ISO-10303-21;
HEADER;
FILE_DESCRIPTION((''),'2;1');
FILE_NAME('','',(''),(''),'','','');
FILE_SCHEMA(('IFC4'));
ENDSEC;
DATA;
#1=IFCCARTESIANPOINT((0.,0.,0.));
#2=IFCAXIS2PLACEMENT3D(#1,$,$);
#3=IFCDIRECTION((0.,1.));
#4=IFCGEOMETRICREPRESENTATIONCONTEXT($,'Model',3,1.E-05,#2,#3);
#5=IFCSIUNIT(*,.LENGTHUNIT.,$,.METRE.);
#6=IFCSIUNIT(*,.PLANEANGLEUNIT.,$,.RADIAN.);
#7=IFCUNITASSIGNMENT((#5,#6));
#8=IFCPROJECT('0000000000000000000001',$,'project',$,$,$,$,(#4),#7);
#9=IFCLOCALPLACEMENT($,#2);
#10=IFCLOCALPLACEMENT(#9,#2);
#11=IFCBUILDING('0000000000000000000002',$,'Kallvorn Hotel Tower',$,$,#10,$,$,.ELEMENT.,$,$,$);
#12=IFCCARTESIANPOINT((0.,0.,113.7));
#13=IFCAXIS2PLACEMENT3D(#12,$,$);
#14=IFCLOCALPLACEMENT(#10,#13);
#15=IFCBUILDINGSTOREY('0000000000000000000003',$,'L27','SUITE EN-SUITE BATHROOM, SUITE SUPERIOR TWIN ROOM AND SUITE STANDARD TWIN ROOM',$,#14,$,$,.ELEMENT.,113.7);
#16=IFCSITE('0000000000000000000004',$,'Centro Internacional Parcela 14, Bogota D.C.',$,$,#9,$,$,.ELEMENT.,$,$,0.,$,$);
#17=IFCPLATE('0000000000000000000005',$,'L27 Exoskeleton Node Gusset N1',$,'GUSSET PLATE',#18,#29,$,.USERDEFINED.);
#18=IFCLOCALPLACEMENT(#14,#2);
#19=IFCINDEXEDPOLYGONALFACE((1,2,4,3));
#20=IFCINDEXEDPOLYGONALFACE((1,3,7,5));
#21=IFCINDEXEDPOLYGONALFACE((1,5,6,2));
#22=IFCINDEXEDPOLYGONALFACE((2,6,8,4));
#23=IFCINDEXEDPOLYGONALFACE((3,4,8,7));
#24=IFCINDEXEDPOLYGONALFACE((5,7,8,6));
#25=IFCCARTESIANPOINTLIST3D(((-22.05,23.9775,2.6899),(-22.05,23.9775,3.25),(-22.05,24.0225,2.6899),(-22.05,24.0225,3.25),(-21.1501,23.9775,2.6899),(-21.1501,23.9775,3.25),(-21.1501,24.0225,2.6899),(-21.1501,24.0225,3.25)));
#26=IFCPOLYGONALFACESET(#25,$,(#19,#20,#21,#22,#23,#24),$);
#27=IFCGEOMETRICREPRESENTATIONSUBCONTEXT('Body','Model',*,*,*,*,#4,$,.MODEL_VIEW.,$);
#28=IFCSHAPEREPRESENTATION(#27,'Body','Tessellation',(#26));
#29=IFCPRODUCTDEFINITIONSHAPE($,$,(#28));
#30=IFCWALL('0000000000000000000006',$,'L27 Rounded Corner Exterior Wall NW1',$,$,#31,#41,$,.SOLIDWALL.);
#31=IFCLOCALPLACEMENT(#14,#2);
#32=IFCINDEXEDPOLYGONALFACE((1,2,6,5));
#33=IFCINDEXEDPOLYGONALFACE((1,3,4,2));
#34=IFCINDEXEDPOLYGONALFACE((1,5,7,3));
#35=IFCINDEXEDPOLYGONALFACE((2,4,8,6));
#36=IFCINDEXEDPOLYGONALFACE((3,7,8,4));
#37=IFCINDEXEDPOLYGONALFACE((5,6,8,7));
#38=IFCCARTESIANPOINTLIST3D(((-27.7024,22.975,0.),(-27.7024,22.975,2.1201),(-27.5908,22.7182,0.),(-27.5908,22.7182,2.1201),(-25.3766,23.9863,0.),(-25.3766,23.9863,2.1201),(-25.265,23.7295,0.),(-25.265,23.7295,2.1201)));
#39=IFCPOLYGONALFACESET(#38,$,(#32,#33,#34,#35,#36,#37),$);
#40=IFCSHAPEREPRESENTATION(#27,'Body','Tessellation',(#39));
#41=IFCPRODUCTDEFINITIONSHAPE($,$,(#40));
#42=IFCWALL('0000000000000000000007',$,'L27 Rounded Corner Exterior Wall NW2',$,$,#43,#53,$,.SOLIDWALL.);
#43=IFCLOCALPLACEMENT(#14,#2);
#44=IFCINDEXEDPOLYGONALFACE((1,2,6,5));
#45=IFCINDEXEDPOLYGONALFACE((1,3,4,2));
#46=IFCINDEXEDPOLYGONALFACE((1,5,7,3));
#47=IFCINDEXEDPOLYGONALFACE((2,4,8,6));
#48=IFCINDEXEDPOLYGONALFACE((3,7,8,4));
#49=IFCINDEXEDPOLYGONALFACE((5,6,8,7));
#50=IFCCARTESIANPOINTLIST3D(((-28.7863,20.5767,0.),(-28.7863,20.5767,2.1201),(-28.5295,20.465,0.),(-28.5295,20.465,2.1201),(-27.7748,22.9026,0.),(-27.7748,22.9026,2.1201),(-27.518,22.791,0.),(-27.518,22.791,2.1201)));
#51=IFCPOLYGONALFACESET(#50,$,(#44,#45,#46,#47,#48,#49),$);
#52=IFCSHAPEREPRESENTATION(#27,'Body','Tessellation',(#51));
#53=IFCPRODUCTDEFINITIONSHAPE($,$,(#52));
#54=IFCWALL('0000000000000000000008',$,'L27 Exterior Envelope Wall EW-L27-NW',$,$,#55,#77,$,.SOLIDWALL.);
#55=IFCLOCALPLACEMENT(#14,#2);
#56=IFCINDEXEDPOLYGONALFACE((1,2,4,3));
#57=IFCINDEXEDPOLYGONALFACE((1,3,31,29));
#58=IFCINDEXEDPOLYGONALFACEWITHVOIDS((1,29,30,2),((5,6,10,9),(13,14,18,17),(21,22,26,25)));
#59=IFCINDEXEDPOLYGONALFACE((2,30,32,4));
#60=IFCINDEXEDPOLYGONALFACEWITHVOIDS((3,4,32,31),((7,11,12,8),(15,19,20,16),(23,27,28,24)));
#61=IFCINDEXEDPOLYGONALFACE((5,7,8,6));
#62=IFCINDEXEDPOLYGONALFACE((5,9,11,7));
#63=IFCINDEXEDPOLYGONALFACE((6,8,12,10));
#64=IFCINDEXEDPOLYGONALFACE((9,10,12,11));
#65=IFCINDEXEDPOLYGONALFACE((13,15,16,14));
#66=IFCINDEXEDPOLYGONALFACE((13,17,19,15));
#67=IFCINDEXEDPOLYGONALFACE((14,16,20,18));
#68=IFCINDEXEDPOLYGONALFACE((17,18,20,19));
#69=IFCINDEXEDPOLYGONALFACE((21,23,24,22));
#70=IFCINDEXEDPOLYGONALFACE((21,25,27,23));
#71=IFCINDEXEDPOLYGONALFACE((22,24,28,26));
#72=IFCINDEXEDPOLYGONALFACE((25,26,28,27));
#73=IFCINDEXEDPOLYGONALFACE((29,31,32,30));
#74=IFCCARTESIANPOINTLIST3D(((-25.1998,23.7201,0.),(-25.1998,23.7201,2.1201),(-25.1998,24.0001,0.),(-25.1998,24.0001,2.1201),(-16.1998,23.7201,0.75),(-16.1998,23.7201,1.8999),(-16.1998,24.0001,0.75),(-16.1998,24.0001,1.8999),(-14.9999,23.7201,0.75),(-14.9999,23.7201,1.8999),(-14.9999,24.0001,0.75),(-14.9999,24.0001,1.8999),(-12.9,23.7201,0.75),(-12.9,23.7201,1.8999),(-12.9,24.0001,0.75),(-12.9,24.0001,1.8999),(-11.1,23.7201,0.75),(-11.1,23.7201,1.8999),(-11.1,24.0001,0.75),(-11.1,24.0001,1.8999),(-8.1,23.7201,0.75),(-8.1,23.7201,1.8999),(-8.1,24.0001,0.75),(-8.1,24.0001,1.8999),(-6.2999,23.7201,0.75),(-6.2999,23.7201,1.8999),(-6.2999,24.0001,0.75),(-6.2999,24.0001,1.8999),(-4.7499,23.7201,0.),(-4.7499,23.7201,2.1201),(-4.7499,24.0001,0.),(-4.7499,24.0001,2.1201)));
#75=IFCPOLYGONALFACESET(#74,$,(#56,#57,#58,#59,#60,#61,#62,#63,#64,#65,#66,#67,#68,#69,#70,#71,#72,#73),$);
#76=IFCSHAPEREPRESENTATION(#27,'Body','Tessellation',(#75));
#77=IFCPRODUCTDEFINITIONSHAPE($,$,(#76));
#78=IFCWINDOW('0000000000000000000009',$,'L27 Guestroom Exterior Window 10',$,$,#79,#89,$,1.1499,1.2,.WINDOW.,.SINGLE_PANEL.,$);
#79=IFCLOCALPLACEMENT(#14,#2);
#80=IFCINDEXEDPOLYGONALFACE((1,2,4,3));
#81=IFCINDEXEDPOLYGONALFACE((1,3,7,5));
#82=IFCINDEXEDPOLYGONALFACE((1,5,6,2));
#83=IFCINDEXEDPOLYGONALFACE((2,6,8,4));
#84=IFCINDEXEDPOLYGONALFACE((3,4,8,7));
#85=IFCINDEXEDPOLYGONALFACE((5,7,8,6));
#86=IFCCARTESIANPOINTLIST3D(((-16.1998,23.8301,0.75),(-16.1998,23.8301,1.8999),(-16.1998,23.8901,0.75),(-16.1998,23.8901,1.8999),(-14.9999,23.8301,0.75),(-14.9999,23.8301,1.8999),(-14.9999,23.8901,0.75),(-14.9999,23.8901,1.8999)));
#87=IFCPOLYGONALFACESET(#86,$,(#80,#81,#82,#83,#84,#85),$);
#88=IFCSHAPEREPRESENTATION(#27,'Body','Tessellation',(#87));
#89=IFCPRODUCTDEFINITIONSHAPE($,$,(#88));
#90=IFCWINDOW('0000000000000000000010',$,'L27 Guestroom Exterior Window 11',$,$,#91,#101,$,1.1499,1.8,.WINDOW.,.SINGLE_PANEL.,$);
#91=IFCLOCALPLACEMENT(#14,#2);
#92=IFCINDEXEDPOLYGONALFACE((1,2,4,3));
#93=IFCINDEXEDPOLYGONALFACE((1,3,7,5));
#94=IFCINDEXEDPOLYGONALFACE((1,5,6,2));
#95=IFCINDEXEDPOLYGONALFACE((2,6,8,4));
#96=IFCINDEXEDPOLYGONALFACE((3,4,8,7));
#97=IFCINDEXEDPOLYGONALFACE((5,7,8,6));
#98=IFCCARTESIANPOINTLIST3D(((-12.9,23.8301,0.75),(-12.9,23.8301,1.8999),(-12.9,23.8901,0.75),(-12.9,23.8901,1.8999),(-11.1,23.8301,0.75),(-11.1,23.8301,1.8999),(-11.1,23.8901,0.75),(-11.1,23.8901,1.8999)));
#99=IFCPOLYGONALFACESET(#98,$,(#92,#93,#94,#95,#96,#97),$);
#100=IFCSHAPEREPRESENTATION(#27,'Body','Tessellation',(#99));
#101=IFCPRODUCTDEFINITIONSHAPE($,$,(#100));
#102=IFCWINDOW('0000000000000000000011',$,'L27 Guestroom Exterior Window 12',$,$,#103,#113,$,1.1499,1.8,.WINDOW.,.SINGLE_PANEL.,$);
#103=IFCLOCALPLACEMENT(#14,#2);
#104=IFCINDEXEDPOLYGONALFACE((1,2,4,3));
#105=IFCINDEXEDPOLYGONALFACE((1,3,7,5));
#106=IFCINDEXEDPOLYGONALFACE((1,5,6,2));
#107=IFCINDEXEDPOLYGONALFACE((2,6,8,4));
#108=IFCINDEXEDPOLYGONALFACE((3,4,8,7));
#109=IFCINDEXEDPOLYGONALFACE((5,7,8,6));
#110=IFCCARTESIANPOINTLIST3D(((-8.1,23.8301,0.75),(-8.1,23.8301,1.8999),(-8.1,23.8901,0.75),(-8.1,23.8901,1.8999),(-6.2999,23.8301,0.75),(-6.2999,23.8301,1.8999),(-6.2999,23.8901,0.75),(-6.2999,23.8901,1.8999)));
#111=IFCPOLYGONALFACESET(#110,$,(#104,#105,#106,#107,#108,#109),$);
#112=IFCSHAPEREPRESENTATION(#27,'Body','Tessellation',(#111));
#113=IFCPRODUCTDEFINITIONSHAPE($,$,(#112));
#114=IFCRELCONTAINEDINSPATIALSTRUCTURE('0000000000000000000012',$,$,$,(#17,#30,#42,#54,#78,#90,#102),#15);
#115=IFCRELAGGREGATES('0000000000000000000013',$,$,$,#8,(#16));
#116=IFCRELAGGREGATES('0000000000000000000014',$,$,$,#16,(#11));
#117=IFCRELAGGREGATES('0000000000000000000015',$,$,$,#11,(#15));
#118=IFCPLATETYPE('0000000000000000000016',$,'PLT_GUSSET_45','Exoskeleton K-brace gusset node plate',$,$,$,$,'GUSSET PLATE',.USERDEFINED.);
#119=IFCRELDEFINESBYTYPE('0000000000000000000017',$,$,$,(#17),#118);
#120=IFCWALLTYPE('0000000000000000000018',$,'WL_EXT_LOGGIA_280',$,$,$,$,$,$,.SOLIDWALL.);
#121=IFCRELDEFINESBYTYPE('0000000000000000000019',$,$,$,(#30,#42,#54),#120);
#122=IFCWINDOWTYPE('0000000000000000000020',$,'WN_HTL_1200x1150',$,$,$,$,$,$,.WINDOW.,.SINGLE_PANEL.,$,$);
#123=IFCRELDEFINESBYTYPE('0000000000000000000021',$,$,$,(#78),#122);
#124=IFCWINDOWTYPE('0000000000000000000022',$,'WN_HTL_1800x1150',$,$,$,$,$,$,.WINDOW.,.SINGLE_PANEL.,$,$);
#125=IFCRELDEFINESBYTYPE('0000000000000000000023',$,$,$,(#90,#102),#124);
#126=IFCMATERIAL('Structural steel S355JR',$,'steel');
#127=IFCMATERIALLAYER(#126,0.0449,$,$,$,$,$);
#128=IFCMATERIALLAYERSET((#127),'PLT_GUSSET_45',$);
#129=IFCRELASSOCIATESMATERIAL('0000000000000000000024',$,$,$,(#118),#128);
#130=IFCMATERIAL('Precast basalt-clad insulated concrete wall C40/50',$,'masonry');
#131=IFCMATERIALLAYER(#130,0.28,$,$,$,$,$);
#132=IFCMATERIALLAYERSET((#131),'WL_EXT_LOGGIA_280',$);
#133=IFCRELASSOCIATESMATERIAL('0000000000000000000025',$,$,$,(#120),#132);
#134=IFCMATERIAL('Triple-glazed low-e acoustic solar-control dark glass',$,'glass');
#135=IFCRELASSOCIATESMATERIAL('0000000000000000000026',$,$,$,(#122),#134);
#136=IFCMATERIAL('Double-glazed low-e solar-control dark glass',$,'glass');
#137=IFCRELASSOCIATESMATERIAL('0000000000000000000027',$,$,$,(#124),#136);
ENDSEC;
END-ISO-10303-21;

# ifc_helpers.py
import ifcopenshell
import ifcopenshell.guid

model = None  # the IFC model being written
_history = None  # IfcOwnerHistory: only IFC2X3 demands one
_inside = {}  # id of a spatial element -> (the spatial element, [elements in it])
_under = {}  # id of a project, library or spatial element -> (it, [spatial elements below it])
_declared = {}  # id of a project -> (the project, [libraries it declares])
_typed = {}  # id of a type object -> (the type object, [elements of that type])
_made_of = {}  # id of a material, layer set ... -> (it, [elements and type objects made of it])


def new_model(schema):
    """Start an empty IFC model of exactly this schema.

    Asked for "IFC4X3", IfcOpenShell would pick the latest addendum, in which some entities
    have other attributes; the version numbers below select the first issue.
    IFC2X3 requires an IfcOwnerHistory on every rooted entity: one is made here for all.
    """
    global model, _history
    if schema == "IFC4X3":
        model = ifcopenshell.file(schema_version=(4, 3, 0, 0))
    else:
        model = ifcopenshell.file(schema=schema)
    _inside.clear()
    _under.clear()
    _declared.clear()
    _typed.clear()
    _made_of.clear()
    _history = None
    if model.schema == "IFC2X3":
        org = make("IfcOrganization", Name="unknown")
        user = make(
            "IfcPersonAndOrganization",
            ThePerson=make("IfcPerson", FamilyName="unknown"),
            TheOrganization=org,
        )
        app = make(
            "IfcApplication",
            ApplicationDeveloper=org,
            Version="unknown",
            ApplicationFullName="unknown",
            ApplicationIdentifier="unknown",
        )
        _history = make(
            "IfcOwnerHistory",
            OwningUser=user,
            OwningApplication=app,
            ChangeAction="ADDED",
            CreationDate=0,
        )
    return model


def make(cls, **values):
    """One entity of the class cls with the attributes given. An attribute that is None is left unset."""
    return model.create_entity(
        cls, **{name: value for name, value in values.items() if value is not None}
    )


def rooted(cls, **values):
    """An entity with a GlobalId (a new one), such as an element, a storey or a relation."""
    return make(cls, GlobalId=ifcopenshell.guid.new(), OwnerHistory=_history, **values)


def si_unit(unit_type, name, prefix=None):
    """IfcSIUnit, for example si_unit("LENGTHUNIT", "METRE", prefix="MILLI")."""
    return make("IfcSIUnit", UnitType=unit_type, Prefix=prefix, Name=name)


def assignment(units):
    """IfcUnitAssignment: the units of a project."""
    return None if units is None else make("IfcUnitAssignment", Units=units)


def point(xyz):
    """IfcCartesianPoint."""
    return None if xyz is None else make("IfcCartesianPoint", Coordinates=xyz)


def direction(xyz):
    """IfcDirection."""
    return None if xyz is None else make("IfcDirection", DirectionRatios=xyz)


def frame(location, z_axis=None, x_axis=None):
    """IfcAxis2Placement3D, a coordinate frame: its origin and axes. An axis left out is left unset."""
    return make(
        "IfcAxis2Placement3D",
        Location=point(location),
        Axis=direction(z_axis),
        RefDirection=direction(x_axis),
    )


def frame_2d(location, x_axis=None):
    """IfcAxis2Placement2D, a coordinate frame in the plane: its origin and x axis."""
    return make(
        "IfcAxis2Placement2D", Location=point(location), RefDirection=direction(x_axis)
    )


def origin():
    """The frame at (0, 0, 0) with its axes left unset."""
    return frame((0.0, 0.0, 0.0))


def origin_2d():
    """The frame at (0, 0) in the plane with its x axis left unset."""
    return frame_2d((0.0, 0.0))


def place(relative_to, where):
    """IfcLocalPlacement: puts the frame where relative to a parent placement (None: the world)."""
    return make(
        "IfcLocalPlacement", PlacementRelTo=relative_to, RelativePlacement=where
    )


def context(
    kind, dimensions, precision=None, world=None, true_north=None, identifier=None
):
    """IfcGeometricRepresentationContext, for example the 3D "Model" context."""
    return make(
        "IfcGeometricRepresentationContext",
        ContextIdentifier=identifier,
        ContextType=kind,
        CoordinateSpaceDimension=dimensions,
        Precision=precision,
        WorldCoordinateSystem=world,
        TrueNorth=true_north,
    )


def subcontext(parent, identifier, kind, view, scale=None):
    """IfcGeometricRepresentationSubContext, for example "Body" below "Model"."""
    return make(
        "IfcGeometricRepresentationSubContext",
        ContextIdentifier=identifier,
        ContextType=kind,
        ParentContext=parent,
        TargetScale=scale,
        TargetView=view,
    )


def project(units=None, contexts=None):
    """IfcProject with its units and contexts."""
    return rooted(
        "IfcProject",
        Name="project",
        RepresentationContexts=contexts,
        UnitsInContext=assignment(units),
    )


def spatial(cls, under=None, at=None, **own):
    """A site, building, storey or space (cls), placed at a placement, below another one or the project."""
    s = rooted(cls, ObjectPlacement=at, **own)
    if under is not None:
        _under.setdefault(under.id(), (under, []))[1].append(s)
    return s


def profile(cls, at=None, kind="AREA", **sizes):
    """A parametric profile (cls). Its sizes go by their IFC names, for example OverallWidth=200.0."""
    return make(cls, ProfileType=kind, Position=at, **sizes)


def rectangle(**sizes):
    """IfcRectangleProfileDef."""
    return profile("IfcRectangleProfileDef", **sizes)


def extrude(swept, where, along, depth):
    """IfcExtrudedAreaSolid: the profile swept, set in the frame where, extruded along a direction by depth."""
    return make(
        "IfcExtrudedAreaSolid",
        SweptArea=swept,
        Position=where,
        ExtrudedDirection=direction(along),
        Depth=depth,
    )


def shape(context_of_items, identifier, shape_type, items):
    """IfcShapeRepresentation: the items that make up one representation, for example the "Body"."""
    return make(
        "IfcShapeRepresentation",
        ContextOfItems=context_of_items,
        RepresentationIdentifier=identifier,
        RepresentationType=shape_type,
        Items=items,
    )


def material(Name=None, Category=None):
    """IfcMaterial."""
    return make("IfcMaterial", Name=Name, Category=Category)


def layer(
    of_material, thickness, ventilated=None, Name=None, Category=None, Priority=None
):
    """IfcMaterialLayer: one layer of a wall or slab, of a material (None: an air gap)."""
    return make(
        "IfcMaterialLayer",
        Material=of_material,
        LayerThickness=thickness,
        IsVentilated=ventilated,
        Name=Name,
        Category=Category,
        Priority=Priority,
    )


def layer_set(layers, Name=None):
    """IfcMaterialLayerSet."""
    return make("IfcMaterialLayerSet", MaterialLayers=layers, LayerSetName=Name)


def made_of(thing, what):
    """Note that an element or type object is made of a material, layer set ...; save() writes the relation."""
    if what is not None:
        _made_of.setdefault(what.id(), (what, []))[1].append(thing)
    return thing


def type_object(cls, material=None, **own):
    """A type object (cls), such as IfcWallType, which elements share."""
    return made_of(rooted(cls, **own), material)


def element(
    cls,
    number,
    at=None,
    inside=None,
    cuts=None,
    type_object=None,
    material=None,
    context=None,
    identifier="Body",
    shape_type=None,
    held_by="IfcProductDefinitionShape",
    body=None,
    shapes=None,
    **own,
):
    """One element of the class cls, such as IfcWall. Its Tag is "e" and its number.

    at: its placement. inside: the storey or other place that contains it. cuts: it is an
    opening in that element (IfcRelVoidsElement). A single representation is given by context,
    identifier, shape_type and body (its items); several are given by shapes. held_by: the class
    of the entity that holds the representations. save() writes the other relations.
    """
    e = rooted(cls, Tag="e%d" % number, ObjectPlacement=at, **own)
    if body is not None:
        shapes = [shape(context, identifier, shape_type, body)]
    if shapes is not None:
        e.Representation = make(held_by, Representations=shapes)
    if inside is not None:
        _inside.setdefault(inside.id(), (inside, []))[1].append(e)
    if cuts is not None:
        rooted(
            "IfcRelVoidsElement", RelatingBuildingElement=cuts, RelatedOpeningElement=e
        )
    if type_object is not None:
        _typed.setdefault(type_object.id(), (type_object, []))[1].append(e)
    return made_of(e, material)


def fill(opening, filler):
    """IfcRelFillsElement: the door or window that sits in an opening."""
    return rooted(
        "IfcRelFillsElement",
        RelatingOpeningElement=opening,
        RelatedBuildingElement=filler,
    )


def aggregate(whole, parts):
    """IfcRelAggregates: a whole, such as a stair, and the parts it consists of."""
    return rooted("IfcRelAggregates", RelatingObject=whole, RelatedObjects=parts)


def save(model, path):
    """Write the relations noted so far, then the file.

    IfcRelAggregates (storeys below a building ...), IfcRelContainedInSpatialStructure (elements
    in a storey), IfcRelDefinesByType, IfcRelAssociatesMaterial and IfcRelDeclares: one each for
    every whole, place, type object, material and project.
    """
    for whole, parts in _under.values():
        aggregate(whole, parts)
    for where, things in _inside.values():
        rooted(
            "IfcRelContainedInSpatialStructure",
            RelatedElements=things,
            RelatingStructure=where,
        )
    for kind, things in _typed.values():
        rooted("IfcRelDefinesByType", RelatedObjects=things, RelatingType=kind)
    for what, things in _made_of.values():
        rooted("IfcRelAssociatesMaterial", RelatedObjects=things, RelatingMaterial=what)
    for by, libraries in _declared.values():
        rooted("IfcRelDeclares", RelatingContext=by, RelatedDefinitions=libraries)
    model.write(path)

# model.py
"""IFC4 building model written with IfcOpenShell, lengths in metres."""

from ifc_helpers import new_model, si_unit, direction, frame, frame_2d, origin, origin_2d, place, context, subcontext, project, spatial, rectangle, extrude, material, layer, layer_set, type_object, element, fill, save


model = new_model("IFC4")

# Units and contexts
model_context = context("Model", 3, precision=1e-05, world=origin(), true_north=direction((0.0, 1.0)))
body_context = subcontext(model_context, "Body", "Model", "MODEL_VIEW")
ifc_project = project(units=[si_unit("LENGTHUNIT", "METRE"), si_unit("PLANEANGLEUNIT", "RADIAN")], contexts=[model_context])

# Site, building, storey
site_placement = place(None, origin())
site = spatial("IfcSite", under=ifc_project, at=site_placement, Name="Centro Internacional Parcela 14, Bogota D.C.", CompositionType="ELEMENT", RefElevation=0.0)
building_placement = place(site_placement, origin())
building = spatial("IfcBuilding", under=site, at=building_placement, Name="Kallvorn Hotel Tower", CompositionType="ELEMENT")
storey_placement = place(building_placement, frame((0.0, 0.0, 113.7)))
storey = spatial("IfcBuildingStorey", under=building, at=storey_placement, Name="L27", Description="SUITE EN-SUITE BATHROOM, SUITE SUPERIOR TWIN ROOM AND SUITE STANDARD TWIN ROOM", CompositionType="ELEMENT", Elevation=113.7)

# Plate
ifc_material_1 = material(Name="Structural steel S355JR", Category="steel")
ifc_layer_1 = layer(ifc_material_1, 0.0449)
ifc_layer_set_1 = layer_set([ifc_layer_1], Name="PLT_GUSSET_45")
plate_type_1 = type_object("IfcPlateType", Name="PLT_GUSSET_45", Description="Exoskeleton K-brace gusset node plate", ElementType="GUSSET PLATE", PredefinedType="USERDEFINED", material=ifc_layer_set_1)
plate_1_placement = place(storey_placement, frame((-21.6001, 24.0, 2.6899), z_axis=(0.0, 0.0, 1.0), x_axis=(1.0, 0.0, 0.0)))
element("IfcPlate", 1, at=plate_1_placement, inside=storey, type_object=plate_type_1, Name="L27 Exoskeleton Node Gusset N1", ObjectType="GUSSET PLATE", PredefinedType="USERDEFINED", context=body_context, shape_type="SweptSolid", body=[
    extrude(rectangle(XDim=0.8999, YDim=0.0449, at=origin_2d()), origin(), (0.0, 0.0, 1.0), 0.5601),
])

# Walls
ifc_material_2 = material(Name="Precast basalt-clad insulated concrete wall C40/50", Category="masonry")
ifc_layer_2 = layer(ifc_material_2, 0.28)
ifc_layer_set_2 = layer_set([ifc_layer_2], Name="WL_EXT_LOGGIA_280")
wall_type = type_object("IfcWallType", Name="WL_EXT_LOGGIA_280", PredefinedType="SOLIDWALL", material=ifc_layer_set_2)
wall_1_placement = place(storey_placement, frame((-25.3208, 23.8579, 0.0), z_axis=(0.0, 0.0, 1.0), x_axis=(-0.917061, -0.398747, 0.0)))
element("IfcWall", 2, at=wall_1_placement, inside=storey, type_object=wall_type, Name="L27 Rounded Corner Exterior Wall NW1", PredefinedType="SOLIDWALL", context=body_context, shape_type="SweptSolid", body=[
    extrude(rectangle(XDim=2.5361, YDim=0.28, at=frame_2d((1.2681, 0.0))), origin(), (0.0, 0.0, 1.0), 2.1201),
])
wall_2_placement = place(storey_placement, frame((-27.6465, 22.8467, 0.0), z_axis=(0.0, 0.0, 1.0), x_axis=(-0.398793, -0.917041, 0.0)))
element("IfcWall", 3, at=wall_2_placement, inside=storey, type_object=wall_type, Name="L27 Rounded Corner Exterior Wall NW2", PredefinedType="SOLIDWALL", context=body_context, shape_type="SweptSolid", body=[
    extrude(rectangle(XDim=2.5364, YDim=0.28, at=frame_2d((1.2681, 0.0))), origin(), (0.0, 0.0, 1.0), 2.1201),
])

# Wall, openings, windows
wall_3_placement = place(storey_placement, frame((-25.2, 23.8601, 0.0), z_axis=(0.0, 0.0, 1.0), x_axis=(1.0, 0.0, 0.0)))
wall_3 = element("IfcWall", 4, at=wall_3_placement, inside=storey, type_object=wall_type, Name="L27 Exterior Envelope Wall EW-L27-NW", PredefinedType="SOLIDWALL", context=body_context, shape_type="SweptSolid", body=[
    extrude(rectangle(XDim=20.45, YDim=0.28, at=frame_2d((10.2251, 0.0))), origin(), (0.0, 0.0, 1.0), 2.1201),
])
opening_1_placement = place(wall_3_placement, frame((9.0, 0.0, 0.75)))
opening_1 = element("IfcOpeningElement", 5, at=opening_1_placement, cuts=wall_3, PredefinedType="OPENING", context=body_context, shape_type="SweptSolid", body=[
    extrude(rectangle(XDim=1.2, YDim=1.1499, at=frame_2d((0.6001, 0.575))), frame((0.0, 0.155, 0.0), z_axis=(0.0, -1.0, 0.0), x_axis=(1.0, 0.0, 0.0)), (0.0, 0.0, 1.0), 0.3101),
])
opening_2_placement = place(wall_3_placement, frame((12.3, 0.0, 0.75)))
opening_2 = element("IfcOpeningElement", 6, at=opening_2_placement, cuts=wall_3, PredefinedType="OPENING", context=body_context, shape_type="SweptSolid", body=[
    extrude(rectangle(XDim=1.8, YDim=1.1499, at=frame_2d((0.8999, 0.575))), frame((0.0, 0.155, 0.0), z_axis=(0.0, -1.0, 0.0), x_axis=(1.0, 0.0, 0.0)), (0.0, 0.0, 1.0), 0.3101),
])
opening_3_placement = place(wall_3_placement, frame((17.1001, 0.0, 0.75)))
opening_3 = element("IfcOpeningElement", 7, at=opening_3_placement, cuts=wall_3, PredefinedType="OPENING", context=body_context, shape_type="SweptSolid", body=[
    extrude(rectangle(XDim=1.8, YDim=1.1499, at=frame_2d((0.8999, 0.575))), frame((0.0, 0.155, 0.0), z_axis=(0.0, -1.0, 0.0), x_axis=(1.0, 0.0, 0.0)), (0.0, 0.0, 1.0), 0.3101),
])
ifc_material_3 = material(Name="Triple-glazed low-e acoustic solar-control dark glass", Category="glass")
window_type_1 = type_object("IfcWindowType", Name="WN_HTL_1200x1150", PartitioningType="SINGLE_PANEL", PredefinedType="WINDOW", material=ifc_material_3)
window_1_placement = place(opening_1_placement, origin())
window_1 = element("IfcWindow", 8, at=window_1_placement, inside=storey, type_object=window_type_1, Name="L27 Guestroom Exterior Window 10", OverallHeight=1.1499, OverallWidth=1.2, PartitioningType="SINGLE_PANEL", PredefinedType="WINDOW", context=body_context, shape_type="SweptSolid", body=[
    extrude(rectangle(XDim=1.2, YDim=1.1499, at=frame_2d((0.6001, 0.575))), frame((0.0, 0.03, 0.0), z_axis=(0.0, -1.0, 0.0), x_axis=(1.0, 0.0, 0.0)), (0.0, 0.0, 1.0), 0.0601),
])
fill(opening_1, window_1)
ifc_material_4 = material(Name="Double-glazed low-e solar-control dark glass", Category="glass")
window_type_2 = type_object("IfcWindowType", Name="WN_HTL_1800x1150", PartitioningType="SINGLE_PANEL", PredefinedType="WINDOW", material=ifc_material_4)
window_2_placement = place(opening_2_placement, origin())
window_2 = element("IfcWindow", 9, at=window_2_placement, inside=storey, type_object=window_type_2, Name="L27 Guestroom Exterior Window 11", OverallHeight=1.1499, OverallWidth=1.8, PartitioningType="SINGLE_PANEL", PredefinedType="WINDOW", context=body_context, shape_type="SweptSolid", body=[
    extrude(rectangle(XDim=1.8, YDim=1.1499, at=frame_2d((0.8999, 0.575))), frame((0.0, 0.03, 0.0), z_axis=(0.0, -1.0, 0.0), x_axis=(1.0, 0.0, 0.0)), (0.0, 0.0, 1.0), 0.0601),
])
fill(opening_2, window_2)
window_3_placement = place(opening_3_placement, origin())
window_3 = element("IfcWindow", 10, at=window_3_placement, inside=storey, type_object=window_type_2, Name="L27 Guestroom Exterior Window 12", OverallHeight=1.1499, OverallWidth=1.8, PartitioningType="SINGLE_PANEL", PredefinedType="WINDOW", context=body_context, shape_type="SweptSolid", body=[
    extrude(rectangle(XDim=1.8, YDim=1.1499, at=frame_2d((0.8999, 0.575))), frame((0.0, 0.03, 0.0), z_axis=(0.0, -1.0, 0.0), x_axis=(1.0, 0.0, 0.0)), (0.0, 0.0, 1.0), 0.0601),
])
fill(opening_3, window_3)

save(model, "model.ifc")
